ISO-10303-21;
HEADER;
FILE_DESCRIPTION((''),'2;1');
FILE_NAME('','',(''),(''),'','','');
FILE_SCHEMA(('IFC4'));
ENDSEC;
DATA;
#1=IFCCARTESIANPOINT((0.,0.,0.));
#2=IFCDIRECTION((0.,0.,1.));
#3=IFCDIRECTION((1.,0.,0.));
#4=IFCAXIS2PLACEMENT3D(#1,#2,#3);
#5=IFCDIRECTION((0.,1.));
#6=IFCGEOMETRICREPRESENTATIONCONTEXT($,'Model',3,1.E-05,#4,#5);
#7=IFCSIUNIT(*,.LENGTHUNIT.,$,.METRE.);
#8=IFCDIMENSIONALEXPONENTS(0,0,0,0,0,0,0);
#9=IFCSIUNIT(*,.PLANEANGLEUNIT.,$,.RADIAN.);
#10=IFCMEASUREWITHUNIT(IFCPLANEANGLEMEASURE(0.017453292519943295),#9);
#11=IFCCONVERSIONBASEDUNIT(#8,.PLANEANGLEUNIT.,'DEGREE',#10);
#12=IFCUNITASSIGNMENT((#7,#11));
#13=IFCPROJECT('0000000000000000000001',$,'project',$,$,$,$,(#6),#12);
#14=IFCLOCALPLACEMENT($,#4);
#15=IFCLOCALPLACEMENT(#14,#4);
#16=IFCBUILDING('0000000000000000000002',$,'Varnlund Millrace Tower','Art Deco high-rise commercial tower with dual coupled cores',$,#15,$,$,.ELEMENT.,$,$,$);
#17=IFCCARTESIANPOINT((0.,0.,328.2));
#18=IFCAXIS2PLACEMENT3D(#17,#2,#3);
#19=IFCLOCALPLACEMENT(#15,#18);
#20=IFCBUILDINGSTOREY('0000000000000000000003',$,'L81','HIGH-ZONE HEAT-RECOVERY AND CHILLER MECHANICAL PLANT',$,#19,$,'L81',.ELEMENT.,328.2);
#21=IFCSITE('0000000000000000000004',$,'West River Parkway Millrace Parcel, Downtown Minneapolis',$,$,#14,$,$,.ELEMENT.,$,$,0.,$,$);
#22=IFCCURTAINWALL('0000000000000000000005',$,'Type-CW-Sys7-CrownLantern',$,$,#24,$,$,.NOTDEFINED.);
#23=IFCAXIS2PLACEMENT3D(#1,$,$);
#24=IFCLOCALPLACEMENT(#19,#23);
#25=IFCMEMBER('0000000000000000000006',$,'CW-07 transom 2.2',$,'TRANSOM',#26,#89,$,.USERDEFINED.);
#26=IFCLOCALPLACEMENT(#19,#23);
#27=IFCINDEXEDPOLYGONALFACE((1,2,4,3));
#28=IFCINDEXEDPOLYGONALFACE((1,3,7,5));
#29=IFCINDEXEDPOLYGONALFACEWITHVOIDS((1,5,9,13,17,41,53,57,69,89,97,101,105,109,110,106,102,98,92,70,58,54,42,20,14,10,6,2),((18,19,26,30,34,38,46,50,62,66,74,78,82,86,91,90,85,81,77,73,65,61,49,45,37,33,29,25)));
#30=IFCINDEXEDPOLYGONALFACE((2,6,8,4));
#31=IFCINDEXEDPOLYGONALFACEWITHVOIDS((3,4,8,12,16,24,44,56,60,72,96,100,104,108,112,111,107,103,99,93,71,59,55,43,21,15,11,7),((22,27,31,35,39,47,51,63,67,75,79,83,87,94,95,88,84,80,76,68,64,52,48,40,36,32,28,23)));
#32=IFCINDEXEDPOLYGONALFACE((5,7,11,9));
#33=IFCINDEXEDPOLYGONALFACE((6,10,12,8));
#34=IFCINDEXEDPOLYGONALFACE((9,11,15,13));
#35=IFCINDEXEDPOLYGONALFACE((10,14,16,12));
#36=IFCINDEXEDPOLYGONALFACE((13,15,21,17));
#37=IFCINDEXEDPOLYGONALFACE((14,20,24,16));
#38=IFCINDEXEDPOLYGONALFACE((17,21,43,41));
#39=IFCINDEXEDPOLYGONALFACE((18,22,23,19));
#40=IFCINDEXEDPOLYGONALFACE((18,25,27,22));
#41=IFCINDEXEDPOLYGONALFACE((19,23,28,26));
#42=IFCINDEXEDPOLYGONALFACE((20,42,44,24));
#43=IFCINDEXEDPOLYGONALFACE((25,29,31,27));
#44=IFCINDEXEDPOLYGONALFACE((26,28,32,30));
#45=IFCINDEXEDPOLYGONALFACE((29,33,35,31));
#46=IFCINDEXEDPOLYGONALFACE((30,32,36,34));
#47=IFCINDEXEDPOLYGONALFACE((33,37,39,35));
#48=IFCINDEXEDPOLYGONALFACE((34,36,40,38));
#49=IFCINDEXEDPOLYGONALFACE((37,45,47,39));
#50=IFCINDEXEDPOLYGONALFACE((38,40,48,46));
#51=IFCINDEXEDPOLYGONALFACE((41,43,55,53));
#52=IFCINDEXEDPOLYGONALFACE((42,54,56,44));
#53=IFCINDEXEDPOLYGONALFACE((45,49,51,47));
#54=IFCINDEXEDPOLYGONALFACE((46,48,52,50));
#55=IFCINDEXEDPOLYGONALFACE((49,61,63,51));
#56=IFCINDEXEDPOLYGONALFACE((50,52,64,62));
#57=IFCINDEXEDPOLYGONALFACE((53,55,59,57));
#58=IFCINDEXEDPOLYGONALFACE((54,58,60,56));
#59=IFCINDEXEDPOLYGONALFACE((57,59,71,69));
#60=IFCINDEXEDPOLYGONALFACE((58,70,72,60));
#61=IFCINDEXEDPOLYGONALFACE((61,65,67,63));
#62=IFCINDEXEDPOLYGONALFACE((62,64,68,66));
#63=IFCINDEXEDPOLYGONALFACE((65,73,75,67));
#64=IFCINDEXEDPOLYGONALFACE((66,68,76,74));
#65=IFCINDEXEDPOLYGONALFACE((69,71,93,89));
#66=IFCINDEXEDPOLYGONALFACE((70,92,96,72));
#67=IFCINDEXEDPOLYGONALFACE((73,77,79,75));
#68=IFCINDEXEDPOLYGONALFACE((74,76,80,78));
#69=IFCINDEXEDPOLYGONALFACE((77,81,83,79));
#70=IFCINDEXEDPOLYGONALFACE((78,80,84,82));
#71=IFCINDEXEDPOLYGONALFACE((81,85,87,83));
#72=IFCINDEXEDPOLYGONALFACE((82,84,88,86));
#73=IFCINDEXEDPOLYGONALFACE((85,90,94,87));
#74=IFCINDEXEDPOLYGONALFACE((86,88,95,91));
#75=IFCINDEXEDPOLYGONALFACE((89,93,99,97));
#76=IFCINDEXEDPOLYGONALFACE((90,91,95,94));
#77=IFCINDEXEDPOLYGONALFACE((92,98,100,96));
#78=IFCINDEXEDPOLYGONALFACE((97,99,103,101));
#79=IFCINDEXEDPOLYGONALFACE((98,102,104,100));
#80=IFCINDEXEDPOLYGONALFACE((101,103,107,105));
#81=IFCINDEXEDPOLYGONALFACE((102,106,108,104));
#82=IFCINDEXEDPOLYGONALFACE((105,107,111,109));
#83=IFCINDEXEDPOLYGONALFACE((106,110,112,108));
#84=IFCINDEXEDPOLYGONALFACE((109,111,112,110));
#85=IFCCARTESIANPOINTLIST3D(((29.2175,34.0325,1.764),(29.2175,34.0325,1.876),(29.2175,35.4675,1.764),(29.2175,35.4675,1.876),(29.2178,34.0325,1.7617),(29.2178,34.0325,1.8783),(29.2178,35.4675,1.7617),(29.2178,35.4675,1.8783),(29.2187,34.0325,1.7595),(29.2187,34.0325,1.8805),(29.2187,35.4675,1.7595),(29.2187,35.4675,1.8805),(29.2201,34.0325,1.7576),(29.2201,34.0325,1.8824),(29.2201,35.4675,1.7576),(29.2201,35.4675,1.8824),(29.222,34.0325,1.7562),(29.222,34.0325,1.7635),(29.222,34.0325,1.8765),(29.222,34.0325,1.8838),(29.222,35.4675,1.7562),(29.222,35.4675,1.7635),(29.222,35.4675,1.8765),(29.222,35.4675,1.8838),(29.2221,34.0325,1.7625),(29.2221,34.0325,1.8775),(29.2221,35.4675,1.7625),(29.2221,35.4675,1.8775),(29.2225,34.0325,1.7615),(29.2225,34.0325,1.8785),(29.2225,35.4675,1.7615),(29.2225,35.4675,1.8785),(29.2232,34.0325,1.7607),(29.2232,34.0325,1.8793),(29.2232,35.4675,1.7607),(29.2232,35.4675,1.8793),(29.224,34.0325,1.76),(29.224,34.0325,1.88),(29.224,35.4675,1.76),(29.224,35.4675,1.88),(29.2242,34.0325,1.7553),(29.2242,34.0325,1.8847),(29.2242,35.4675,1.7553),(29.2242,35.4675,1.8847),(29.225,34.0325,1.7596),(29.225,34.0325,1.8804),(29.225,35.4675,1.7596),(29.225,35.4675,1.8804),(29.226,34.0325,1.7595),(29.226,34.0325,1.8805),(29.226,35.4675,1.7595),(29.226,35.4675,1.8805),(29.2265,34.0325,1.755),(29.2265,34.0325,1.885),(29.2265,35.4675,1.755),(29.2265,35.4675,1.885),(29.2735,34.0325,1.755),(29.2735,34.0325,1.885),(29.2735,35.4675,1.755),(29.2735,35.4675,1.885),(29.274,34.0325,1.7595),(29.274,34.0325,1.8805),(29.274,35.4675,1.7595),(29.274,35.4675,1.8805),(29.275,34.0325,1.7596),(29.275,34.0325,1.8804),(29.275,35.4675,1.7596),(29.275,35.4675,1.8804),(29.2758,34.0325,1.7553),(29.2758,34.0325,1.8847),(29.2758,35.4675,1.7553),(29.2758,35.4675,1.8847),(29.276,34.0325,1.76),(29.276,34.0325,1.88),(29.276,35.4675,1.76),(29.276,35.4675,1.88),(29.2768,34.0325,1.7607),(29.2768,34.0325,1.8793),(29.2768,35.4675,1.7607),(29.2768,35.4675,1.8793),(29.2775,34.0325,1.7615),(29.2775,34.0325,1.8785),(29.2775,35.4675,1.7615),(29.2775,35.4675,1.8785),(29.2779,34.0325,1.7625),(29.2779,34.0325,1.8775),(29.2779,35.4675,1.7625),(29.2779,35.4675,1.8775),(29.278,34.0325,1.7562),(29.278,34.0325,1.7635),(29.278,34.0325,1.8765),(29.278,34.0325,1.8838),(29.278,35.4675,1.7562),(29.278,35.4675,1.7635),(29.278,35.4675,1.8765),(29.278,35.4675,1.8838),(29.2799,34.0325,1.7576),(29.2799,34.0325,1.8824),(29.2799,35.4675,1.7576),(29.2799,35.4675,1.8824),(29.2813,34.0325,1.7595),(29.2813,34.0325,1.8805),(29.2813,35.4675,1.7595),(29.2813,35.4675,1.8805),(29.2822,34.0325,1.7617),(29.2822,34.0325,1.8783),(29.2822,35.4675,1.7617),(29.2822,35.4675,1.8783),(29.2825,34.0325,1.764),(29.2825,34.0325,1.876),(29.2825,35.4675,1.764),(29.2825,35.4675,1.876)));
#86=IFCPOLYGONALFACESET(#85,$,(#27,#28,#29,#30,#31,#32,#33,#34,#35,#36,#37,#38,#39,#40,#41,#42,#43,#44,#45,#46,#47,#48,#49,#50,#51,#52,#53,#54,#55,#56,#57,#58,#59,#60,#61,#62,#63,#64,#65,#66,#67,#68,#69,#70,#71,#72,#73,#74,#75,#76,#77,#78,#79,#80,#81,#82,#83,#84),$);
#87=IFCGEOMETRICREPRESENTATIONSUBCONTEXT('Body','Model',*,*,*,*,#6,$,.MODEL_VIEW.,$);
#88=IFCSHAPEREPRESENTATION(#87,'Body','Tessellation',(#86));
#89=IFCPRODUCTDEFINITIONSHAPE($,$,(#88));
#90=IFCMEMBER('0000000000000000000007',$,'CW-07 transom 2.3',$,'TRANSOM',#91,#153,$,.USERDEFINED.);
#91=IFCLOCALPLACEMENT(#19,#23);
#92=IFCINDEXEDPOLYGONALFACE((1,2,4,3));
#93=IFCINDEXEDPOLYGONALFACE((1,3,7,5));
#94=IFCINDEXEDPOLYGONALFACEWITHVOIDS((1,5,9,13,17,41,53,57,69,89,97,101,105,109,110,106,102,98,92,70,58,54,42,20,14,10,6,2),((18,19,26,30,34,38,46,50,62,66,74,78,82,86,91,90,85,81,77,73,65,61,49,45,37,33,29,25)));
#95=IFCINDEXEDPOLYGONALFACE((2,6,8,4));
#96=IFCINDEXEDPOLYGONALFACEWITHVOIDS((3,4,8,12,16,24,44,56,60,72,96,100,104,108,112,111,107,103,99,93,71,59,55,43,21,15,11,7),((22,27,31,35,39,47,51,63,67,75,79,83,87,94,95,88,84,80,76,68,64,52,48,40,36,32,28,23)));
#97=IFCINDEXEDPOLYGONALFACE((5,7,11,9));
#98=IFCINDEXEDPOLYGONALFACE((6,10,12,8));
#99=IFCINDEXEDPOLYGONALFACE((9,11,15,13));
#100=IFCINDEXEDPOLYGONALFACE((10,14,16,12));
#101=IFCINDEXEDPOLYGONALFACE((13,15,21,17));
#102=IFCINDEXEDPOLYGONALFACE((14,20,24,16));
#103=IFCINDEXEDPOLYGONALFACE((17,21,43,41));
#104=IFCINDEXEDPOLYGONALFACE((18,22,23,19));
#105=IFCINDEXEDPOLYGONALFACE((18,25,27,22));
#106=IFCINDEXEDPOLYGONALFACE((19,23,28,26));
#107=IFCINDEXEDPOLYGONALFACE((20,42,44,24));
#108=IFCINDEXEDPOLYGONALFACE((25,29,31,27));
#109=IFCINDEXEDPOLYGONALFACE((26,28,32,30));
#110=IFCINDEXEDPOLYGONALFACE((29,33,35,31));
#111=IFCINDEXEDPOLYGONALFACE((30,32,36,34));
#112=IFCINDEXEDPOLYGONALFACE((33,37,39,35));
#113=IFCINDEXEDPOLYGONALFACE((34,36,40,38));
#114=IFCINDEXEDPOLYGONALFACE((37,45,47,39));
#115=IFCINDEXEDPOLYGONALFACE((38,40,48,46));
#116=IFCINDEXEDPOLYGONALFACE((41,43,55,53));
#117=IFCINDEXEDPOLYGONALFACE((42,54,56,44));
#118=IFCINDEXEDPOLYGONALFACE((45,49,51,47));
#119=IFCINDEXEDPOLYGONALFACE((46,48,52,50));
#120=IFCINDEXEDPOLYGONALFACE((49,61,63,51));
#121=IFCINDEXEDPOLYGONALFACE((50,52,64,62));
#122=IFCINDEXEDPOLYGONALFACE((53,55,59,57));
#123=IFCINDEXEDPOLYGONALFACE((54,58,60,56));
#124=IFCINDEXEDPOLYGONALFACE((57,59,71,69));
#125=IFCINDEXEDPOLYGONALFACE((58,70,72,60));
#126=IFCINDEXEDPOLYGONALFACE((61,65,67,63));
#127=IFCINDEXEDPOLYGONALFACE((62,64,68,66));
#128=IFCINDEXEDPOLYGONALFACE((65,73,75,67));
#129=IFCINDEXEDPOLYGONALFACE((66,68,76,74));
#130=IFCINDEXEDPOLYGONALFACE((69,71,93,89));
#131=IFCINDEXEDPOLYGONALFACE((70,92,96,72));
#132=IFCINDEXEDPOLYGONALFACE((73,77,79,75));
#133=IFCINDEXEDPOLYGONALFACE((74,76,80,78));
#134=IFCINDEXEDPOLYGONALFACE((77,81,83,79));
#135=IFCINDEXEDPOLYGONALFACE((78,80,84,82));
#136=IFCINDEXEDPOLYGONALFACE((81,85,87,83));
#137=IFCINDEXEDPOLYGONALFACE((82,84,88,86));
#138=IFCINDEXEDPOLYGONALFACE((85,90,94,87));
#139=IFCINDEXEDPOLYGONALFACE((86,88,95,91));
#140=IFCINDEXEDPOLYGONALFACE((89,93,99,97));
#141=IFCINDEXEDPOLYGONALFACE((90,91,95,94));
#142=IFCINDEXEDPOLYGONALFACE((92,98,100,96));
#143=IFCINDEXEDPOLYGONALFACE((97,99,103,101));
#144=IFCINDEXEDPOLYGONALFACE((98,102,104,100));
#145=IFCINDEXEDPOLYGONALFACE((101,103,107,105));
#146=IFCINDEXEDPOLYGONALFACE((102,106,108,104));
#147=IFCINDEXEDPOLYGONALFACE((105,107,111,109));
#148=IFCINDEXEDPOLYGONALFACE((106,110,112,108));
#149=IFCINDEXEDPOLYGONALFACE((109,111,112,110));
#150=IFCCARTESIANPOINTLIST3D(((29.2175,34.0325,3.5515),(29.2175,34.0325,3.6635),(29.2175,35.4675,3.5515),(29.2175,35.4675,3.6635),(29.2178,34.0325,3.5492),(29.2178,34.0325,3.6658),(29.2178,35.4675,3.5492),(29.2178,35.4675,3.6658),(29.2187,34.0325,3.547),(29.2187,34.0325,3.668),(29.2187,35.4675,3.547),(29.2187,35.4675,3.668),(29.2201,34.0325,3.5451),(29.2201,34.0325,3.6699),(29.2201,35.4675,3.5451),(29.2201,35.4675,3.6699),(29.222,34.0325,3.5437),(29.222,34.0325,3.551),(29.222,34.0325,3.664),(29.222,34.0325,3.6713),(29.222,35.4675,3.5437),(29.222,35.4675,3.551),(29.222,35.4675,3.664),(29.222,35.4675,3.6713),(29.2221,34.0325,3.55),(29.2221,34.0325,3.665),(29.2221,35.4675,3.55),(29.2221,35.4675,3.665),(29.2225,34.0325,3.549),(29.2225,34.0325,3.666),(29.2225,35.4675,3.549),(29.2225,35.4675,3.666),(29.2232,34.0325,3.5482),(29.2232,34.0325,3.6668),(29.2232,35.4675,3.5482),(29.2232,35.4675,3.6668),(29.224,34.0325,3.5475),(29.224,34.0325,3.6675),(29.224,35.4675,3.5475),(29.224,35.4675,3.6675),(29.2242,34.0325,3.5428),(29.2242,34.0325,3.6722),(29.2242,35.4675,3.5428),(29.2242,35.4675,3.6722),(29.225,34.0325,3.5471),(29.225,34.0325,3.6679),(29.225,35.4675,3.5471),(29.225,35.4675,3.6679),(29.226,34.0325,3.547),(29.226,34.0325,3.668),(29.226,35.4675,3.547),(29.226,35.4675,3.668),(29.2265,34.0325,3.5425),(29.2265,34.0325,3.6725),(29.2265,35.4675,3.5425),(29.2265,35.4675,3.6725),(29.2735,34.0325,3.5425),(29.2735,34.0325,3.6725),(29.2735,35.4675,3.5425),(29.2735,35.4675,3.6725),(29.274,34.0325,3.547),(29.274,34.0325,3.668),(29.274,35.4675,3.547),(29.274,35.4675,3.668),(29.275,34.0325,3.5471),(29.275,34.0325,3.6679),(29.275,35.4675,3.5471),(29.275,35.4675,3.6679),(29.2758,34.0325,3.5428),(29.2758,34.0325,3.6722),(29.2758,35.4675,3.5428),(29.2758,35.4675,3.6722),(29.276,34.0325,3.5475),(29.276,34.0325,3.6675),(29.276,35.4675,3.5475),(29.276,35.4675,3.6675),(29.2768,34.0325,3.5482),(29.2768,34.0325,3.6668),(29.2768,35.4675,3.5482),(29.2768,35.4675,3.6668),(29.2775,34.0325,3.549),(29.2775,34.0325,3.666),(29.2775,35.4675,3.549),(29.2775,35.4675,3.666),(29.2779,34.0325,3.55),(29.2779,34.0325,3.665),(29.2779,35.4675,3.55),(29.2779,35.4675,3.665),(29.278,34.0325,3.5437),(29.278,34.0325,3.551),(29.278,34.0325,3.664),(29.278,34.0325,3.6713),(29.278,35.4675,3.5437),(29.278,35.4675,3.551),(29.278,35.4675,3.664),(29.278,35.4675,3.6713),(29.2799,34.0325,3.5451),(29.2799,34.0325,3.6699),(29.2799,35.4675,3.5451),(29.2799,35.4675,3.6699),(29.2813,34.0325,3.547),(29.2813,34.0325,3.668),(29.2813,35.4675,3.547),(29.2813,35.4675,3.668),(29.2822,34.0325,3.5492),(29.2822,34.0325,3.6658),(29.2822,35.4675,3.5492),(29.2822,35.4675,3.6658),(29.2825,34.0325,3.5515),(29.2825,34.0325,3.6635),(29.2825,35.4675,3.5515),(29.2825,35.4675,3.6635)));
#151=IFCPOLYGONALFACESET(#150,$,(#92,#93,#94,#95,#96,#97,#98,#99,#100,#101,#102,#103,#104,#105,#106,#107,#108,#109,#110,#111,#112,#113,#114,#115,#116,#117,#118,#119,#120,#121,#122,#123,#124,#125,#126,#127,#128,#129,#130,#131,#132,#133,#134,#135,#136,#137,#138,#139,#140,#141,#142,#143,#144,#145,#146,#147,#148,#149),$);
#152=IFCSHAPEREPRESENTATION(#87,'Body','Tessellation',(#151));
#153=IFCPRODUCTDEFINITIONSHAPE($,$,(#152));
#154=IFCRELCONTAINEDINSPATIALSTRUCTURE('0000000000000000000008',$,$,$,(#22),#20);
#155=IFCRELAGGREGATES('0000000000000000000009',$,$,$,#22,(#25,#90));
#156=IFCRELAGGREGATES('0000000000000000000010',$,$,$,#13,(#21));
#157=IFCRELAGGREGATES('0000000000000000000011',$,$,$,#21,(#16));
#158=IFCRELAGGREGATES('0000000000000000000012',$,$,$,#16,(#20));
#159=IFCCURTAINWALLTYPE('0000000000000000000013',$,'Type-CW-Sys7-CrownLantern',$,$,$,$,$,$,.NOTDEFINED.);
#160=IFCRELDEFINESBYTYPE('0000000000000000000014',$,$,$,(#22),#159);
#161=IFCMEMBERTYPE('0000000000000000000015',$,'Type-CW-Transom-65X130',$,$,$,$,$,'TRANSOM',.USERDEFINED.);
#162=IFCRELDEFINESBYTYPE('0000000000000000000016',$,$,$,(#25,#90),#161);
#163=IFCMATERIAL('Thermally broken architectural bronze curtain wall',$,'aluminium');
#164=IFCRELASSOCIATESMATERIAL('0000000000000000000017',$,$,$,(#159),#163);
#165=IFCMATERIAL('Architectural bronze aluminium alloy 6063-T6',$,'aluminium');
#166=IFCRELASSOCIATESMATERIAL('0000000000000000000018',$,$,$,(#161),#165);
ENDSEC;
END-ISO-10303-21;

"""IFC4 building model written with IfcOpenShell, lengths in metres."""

from ifc_helpers import new_model, entity, si_unit, converted_unit, direction, frame, origin_with_axes, origin_2d_with_axis, place, context, subcontext, project, spatial, hollow_rectangle, extrude, material, material_profile, profile_set, type_object, element, aggregate, save


model = new_model("IFC4")

# Units and contexts
model_context = context("Model", 3, precision=1e-05, world=origin_with_axes(), true_north=direction((0.0, 1.0)))
body_context = subcontext(model_context, "Body", "Model", "MODEL_VIEW")
ifc_project = project(units=[si_unit("LENGTHUNIT", "METRE"), converted_unit("PLANEANGLEUNIT", "DEGREE", entity("IfcPlaneAngleMeasure", 0.017453292519943295), si_unit("PLANEANGLEUNIT", "RADIAN"), dimensions=[0, 0, 0, 0, 0, 0, 0])], contexts=[model_context])

# Site, building, storey
site_placement = place(None, origin_with_axes())
site = spatial("IfcSite", under=ifc_project, at=site_placement, Name="West River Parkway Millrace Parcel, Downtown Minneapolis", CompositionType="ELEMENT", RefElevation=0.0)
building_placement = place(site_placement, origin_with_axes())
building = spatial("IfcBuilding", under=site, at=building_placement, Name="Varnlund Millrace Tower", Description="Art Deco high-rise commercial tower with dual coupled cores", CompositionType="ELEMENT")
storey_placement = place(building_placement, frame((0.0, 0.0, 328.2), z_axis=(0.0, 0.0, 1.0), x_axis=(1.0, 0.0, 0.0)))
storey = spatial("IfcBuildingStorey", under=building, at=storey_placement, Name="L81", Description="HIGH-ZONE HEAT-RECOVERY AND CHILLER MECHANICAL PLANT", LongName="L81", CompositionType="ELEMENT", Elevation=328.2)

# Curtain wall, members
ifc_material_1 = material(Name="Thermally broken architectural bronze curtain wall", Category="aluminium")
curtain_wall_type = type_object("IfcCurtainWallType", Name="Type-CW-Sys7-CrownLantern", PredefinedType="NOTDEFINED", material=ifc_material_1)
curtain_wall_1_placement = place(storey_placement, frame((29.25, 37.0, 0.0), z_axis=(0.0, 0.0, 1.0), x_axis=(1.0, 0.0, 0.0)))
curtain_wall_1 = element("IfcCurtainWall", 1, at=curtain_wall_1_placement, inside=storey, type_object=curtain_wall_type, Name="Type-CW-Sys7-CrownLantern", PredefinedType="NOTDEFINED")
ifc_material_2 = material(Name="Architectural bronze aluminium alloy 6063-T6", Category="aluminium")
ifc_material_profile_1 = material_profile(ifc_material_2, hollow_rectangle(XDim=0.065, YDim=0.13, WallThickness=0.0045, InnerFilletRadius=0.004, OuterFilletRadius=0.009, at=origin_2d_with_axis()), Name="Architectural bronze aluminium alloy 6063-T6")
ifc_profile_set_1 = profile_set([ifc_material_profile_1], Name="Architectural bronze aluminium alloy 6063-T6")
member_type = type_object("IfcMemberType", Name="Type-CW-Transom-65X130", ElementType="TRANSOM", PredefinedType="USERDEFINED", material=ifc_profile_set_1)
member_1_placement = place(storey_placement, frame((29.25, 35.4675, 1.82), z_axis=(0.0, -1.0, 0.0), x_axis=(1.0, 0.0, 0.0)))
member_1 = element("IfcMember", 2, at=member_1_placement, type_object=member_type, Name="CW-07 transom 2.2", ObjectType="TRANSOM", PredefinedType="USERDEFINED", context=body_context, shape_type="SweptSolid", body=[
    extrude(hollow_rectangle(XDim=0.065, YDim=0.13, WallThickness=0.0045, InnerFilletRadius=0.004, OuterFilletRadius=0.009, at=origin_2d_with_axis()), origin_with_axes(), (0.0, 0.0, 1.0), 1.435),
])
member_2_placement = place(storey_placement, frame((29.25, 35.4675, 3.6075), z_axis=(0.0, -1.0, 0.0), x_axis=(1.0, 0.0, 0.0)))
member_2 = element("IfcMember", 3, at=member_2_placement, type_object=member_type, Name="CW-07 transom 2.3", ObjectType="TRANSOM", PredefinedType="USERDEFINED", context=body_context, shape_type="SweptSolid", body=[
    extrude(hollow_rectangle(XDim=0.065, YDim=0.13, WallThickness=0.0045, InnerFilletRadius=0.004, OuterFilletRadius=0.009, at=origin_2d_with_axis()), origin_with_axes(), (0.0, 0.0, 1.0), 1.435),
])

aggregate(curtain_wall_1, [member_1, member_2])

save(model, "model.ifc")
